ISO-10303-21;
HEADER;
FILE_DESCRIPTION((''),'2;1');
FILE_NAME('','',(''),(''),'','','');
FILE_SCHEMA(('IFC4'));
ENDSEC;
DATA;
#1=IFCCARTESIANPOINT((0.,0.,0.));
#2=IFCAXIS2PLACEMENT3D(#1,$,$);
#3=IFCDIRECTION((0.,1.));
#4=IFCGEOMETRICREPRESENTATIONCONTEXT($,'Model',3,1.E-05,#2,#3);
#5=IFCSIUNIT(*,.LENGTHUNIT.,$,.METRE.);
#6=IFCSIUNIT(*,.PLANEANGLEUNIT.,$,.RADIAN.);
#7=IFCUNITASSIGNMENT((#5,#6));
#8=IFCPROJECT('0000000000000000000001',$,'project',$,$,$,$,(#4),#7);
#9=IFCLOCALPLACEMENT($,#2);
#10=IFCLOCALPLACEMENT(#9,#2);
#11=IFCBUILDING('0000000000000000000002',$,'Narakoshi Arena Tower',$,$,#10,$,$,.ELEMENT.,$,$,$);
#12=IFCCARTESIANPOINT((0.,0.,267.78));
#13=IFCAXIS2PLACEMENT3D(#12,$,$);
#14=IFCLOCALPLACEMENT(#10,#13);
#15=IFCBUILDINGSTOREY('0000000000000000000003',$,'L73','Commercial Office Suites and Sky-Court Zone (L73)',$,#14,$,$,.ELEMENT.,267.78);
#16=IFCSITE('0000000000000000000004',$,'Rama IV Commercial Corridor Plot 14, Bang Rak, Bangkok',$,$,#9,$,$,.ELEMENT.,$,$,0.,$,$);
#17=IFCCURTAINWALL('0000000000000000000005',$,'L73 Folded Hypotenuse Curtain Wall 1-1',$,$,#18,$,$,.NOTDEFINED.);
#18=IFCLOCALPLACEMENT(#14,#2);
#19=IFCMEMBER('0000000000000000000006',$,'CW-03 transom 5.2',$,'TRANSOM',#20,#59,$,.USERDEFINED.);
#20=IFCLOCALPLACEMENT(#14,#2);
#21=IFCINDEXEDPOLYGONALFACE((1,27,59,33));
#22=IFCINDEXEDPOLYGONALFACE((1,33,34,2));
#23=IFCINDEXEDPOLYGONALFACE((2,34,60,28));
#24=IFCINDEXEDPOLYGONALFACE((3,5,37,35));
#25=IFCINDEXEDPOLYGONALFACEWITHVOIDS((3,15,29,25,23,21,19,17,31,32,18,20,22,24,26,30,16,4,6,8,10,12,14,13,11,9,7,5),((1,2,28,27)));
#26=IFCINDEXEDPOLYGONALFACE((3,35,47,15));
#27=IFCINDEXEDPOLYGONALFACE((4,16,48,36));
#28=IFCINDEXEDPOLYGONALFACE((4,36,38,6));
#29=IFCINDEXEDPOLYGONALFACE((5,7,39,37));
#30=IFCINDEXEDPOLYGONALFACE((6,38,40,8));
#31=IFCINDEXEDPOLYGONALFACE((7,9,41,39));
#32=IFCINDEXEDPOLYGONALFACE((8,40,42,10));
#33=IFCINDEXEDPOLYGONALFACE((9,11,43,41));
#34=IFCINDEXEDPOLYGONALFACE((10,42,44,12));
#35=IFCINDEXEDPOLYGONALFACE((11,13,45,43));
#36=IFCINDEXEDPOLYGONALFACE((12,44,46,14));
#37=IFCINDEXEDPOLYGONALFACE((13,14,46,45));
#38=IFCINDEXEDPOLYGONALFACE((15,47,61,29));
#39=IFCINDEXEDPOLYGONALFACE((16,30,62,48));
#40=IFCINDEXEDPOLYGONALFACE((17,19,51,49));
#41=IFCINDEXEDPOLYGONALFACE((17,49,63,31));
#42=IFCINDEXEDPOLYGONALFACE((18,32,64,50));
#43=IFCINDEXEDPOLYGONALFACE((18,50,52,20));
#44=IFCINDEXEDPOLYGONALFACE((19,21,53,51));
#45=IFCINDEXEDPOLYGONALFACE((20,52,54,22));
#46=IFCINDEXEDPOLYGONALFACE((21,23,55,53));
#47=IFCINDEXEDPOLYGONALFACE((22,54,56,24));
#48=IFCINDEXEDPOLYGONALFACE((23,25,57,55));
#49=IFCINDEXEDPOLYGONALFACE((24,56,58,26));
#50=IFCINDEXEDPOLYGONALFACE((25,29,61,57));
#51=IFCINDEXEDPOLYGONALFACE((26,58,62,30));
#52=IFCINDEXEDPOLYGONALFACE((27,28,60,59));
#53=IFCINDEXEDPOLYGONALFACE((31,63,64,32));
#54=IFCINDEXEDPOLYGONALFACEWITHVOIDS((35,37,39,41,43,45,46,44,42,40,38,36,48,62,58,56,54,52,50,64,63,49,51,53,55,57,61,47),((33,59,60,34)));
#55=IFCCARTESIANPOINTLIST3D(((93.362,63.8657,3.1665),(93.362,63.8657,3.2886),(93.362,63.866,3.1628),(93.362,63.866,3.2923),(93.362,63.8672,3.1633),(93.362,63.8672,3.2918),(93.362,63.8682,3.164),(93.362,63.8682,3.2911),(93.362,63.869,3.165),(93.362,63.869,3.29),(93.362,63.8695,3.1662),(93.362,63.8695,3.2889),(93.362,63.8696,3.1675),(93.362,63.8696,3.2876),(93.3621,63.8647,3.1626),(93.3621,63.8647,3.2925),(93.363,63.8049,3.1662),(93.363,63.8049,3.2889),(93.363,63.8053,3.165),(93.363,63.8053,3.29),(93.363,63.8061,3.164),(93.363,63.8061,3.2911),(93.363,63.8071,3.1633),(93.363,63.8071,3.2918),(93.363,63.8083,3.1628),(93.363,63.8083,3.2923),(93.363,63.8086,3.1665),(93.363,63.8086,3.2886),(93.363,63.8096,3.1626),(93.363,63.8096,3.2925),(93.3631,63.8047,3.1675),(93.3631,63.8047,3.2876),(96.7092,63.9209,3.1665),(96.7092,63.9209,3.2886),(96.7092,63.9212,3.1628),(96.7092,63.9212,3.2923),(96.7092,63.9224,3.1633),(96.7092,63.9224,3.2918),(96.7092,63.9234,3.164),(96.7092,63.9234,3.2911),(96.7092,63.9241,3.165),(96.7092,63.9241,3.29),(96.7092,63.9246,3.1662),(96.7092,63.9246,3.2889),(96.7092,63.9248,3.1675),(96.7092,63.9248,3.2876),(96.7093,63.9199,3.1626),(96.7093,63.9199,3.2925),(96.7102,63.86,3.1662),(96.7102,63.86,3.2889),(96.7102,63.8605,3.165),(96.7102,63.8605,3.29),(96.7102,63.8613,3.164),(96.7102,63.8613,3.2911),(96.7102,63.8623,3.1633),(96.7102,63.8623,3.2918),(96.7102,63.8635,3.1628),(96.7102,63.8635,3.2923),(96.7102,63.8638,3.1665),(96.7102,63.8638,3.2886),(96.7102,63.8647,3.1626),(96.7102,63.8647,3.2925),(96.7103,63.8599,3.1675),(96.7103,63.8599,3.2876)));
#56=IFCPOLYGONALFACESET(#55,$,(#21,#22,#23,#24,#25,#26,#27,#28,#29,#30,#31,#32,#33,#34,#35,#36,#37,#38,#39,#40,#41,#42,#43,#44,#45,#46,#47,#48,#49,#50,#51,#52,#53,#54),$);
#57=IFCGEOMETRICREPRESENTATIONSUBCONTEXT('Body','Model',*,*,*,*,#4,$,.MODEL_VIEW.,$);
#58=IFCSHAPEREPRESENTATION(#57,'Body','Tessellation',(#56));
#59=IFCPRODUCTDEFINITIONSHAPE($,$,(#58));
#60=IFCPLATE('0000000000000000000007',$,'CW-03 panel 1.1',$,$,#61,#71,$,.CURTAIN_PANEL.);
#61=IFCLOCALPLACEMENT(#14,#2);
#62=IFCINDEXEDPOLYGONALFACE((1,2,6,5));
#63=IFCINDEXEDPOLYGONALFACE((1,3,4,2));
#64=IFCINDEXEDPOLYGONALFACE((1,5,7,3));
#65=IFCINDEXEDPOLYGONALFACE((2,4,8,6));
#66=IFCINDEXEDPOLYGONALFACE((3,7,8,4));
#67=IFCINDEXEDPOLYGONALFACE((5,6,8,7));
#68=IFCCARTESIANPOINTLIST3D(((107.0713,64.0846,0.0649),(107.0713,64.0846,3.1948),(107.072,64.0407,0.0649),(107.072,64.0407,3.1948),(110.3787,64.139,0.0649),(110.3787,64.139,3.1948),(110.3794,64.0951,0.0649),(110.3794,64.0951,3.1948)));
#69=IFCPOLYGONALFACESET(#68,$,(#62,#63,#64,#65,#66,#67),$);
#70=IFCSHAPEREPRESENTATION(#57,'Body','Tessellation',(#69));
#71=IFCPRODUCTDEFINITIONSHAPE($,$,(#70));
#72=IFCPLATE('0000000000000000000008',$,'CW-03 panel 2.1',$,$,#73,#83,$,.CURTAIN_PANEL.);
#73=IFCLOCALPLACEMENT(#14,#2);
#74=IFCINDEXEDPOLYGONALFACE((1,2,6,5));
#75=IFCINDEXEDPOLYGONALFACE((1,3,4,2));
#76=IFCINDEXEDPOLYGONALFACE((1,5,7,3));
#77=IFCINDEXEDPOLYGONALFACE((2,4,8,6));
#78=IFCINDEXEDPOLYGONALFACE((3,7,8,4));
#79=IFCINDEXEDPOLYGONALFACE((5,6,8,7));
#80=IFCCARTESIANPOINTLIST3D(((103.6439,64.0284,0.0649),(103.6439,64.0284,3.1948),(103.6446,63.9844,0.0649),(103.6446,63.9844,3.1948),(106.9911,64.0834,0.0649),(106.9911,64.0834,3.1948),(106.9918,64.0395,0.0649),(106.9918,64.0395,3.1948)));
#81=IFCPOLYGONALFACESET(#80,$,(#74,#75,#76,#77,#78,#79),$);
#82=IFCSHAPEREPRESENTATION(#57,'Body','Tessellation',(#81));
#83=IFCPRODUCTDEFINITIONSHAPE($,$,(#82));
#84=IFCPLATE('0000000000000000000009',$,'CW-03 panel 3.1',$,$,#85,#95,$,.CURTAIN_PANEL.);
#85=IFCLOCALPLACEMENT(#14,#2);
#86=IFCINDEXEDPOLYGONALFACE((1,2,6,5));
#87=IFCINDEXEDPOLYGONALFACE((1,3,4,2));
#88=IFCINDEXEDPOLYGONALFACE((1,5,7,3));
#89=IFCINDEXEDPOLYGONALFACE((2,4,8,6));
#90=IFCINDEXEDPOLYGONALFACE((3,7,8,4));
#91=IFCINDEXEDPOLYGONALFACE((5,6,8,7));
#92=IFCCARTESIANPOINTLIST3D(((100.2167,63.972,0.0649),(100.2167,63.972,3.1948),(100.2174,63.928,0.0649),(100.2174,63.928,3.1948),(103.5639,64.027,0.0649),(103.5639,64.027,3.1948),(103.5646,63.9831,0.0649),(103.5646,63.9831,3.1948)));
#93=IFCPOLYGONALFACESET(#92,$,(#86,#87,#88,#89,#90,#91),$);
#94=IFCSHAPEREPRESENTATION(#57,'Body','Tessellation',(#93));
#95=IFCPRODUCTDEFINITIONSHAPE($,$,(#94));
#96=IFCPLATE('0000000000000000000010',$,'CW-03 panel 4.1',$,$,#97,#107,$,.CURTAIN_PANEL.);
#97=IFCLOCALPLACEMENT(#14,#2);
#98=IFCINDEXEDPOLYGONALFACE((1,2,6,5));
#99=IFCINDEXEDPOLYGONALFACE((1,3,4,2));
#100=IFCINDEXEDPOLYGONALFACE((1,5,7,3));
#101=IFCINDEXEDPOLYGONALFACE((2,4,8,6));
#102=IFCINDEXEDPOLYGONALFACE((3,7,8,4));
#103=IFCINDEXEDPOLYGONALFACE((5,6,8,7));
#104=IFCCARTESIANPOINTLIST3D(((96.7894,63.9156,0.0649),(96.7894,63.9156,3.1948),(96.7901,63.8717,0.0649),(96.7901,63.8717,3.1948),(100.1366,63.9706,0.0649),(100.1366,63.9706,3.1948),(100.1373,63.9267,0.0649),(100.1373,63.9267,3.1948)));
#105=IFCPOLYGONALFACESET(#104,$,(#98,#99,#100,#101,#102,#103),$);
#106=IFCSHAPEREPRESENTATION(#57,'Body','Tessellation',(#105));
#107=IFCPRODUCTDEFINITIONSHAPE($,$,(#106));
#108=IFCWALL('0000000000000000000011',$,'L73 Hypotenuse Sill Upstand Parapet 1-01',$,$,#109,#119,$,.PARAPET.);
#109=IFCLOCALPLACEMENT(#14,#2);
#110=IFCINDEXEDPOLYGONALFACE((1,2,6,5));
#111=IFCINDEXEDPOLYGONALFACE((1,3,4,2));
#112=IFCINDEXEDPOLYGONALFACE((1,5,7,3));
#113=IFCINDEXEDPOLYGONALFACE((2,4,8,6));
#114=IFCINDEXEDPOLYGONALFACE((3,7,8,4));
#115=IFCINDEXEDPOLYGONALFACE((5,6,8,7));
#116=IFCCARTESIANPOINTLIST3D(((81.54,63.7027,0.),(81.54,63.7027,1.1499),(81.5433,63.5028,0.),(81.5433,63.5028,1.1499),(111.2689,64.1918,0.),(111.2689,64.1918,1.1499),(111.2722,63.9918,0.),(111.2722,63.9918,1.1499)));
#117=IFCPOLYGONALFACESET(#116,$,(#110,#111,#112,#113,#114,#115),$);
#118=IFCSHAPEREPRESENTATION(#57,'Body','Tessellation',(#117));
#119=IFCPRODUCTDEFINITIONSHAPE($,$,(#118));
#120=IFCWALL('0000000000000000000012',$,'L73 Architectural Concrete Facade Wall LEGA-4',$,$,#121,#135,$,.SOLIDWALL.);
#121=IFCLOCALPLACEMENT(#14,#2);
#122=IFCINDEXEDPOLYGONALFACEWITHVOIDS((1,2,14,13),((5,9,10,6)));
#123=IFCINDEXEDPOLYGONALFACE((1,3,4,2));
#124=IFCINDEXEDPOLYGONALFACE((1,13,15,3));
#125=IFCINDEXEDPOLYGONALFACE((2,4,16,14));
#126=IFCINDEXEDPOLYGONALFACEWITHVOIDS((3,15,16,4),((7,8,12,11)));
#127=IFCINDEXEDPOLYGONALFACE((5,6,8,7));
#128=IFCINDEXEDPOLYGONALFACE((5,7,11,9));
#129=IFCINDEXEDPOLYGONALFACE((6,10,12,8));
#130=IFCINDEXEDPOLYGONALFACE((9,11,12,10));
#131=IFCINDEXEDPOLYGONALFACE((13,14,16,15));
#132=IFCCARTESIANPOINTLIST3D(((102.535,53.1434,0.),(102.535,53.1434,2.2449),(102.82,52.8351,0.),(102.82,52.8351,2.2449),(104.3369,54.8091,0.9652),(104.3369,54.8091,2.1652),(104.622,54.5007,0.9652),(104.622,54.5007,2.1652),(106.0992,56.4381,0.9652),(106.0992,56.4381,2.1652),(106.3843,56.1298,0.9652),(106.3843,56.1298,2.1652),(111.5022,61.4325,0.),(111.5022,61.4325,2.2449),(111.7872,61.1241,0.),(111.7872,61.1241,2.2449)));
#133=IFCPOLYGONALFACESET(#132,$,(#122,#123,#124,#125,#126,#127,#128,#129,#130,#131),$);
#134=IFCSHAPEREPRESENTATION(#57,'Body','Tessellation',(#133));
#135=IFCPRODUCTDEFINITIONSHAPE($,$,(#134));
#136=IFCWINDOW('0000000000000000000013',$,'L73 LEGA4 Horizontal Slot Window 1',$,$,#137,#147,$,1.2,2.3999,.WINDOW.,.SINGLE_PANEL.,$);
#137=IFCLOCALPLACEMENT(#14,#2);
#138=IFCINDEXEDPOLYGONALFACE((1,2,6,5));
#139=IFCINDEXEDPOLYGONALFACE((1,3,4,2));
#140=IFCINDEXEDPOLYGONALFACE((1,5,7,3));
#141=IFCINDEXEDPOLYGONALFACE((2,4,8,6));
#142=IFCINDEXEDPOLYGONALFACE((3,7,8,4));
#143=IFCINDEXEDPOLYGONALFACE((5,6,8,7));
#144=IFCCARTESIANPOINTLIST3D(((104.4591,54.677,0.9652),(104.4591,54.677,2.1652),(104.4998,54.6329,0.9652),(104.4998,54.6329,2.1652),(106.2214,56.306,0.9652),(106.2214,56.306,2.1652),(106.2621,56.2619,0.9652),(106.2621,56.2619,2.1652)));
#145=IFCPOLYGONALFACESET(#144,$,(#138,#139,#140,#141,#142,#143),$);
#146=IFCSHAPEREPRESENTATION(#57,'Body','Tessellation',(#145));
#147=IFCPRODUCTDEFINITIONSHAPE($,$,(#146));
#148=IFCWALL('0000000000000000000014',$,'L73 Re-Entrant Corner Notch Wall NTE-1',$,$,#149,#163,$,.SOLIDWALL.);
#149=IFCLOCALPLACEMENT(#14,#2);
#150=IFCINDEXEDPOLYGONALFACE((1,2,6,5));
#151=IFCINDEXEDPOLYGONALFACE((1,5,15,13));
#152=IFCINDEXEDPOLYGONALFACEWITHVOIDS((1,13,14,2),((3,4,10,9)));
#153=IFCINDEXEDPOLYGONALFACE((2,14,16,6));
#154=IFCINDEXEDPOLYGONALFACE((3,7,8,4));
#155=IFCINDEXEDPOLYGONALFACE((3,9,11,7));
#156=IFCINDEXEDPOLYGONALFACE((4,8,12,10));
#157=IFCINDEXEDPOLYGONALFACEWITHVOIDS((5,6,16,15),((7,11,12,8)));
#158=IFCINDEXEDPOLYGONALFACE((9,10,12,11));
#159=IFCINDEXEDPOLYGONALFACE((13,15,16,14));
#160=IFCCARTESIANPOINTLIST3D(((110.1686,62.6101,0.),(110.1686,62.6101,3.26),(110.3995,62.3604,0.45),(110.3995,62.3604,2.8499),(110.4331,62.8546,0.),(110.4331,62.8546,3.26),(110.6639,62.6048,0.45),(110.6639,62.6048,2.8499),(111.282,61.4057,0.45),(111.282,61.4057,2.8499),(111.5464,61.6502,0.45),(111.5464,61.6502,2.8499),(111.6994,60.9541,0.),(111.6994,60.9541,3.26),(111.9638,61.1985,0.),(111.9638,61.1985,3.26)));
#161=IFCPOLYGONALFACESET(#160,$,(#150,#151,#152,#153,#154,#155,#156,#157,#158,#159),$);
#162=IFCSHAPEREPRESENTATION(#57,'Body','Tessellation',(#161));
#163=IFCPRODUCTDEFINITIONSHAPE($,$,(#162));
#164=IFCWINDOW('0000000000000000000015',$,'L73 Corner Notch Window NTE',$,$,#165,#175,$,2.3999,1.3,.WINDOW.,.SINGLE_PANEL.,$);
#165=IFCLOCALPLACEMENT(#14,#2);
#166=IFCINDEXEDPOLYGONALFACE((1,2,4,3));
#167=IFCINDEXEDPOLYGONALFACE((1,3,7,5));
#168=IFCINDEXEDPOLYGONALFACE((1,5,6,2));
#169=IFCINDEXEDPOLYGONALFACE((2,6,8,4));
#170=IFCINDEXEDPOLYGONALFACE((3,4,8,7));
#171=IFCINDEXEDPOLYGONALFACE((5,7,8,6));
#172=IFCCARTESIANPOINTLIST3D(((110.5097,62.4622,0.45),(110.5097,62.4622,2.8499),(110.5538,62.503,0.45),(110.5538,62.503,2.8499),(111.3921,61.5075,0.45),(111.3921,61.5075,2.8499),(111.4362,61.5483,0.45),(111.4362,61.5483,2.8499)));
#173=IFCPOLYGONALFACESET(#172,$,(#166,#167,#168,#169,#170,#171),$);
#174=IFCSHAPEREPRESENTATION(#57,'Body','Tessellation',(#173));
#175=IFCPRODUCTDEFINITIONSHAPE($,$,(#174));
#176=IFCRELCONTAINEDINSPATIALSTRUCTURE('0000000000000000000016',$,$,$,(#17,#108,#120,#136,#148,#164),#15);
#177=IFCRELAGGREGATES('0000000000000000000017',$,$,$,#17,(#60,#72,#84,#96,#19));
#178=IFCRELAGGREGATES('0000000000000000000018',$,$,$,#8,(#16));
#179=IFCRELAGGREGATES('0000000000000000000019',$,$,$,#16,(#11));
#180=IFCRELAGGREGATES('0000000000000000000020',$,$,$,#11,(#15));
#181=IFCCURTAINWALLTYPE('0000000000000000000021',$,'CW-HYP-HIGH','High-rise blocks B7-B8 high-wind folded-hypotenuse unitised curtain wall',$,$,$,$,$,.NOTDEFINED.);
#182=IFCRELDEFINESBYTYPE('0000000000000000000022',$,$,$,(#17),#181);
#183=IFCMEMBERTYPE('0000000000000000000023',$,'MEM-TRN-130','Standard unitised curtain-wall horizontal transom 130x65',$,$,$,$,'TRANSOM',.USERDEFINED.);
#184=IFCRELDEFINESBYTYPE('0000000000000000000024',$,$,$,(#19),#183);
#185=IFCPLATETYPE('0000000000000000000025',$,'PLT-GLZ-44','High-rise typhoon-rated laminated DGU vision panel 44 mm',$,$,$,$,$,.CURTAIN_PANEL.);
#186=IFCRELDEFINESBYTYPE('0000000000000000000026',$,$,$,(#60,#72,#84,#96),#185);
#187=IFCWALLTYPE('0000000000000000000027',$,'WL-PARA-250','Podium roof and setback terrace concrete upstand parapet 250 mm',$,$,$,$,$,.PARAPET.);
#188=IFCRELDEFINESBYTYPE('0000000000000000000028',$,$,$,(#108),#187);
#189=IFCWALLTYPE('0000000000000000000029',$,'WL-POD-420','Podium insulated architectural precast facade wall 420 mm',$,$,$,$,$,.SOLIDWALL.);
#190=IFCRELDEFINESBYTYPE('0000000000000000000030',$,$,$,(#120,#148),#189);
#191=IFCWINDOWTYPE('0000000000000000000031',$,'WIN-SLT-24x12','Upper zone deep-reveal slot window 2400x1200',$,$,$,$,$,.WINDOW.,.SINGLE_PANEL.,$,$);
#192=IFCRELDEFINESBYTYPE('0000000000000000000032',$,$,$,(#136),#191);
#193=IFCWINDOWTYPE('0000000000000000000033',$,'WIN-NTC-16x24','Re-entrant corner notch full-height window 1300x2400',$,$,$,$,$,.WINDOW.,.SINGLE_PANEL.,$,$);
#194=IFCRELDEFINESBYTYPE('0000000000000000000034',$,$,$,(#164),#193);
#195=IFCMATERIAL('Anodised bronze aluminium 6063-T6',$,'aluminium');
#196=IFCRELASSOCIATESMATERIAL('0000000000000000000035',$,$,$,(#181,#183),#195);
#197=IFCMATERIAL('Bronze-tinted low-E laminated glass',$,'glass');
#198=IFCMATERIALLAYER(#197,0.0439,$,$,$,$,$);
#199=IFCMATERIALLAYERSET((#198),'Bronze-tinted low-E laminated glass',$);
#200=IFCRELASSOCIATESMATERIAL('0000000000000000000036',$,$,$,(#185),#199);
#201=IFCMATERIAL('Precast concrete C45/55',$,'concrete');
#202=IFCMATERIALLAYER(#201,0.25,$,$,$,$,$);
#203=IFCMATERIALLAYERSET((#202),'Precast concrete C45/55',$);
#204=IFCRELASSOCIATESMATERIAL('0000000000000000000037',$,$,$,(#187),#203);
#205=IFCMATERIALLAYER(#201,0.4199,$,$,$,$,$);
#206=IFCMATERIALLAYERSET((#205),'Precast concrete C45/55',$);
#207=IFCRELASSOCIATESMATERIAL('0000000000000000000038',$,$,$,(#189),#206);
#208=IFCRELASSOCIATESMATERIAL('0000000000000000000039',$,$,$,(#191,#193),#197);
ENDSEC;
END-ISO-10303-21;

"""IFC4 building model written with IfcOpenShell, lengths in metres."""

from ifc_helpers import new_model, si_unit, direction, frame, frame_2d, origin, origin_2d, place, context, subcontext, project, spatial, rectangle, hollow_rectangle, extrude, material, layer, layer_set, material_profile, profile_set, type_object, element, fill, aggregate, save


model = new_model("IFC4")

# Units and contexts
model_context = context("Model", 3, precision=1e-05, world=origin(), true_north=direction((0.0, 1.0)))
body_context = subcontext(model_context, "Body", "Model", "MODEL_VIEW")
ifc_project = project(units=[si_unit("LENGTHUNIT", "METRE"), si_unit("PLANEANGLEUNIT", "RADIAN")], contexts=[model_context])

# Site, building, storey
site_placement = place(None, origin())
site = spatial("IfcSite", under=ifc_project, at=site_placement, Name="Rama IV Commercial Corridor Plot 14, Bang Rak, Bangkok", CompositionType="ELEMENT", RefElevation=0.0)
building_placement = place(site_placement, origin())
building = spatial("IfcBuilding", under=site, at=building_placement, Name="Narakoshi Arena Tower", CompositionType="ELEMENT")
storey_placement = place(building_placement, frame((0.0, 0.0, 267.78)))
storey = spatial("IfcBuildingStorey", under=building, at=storey_placement, Name="L73", Description="Commercial Office Suites and Sky-Court Zone (L73)", CompositionType="ELEMENT", Elevation=267.78)

# Curtain wall, member, plates
ifc_material_1 = material(Name="Anodised bronze aluminium 6063-T6", Category="aluminium")
curtain_wall_type = type_object("IfcCurtainWallType", Name="CW-HYP-HIGH", Description="High-rise blocks B7-B8 high-wind folded-hypotenuse unitised curtain wall", PredefinedType="NOTDEFINED", material=ifc_material_1)
curtain_wall_placement = place(storey_placement, origin())
curtain_wall = element("IfcCurtainWall", 1, at=curtain_wall_placement, inside=storey, type_object=curtain_wall_type, Name="L73 Folded Hypotenuse Curtain Wall 1-1", PredefinedType="NOTDEFINED")
ifc_material_profile_1 = material_profile(ifc_material_1, hollow_rectangle(XDim=0.0649, YDim=0.1299, WallThickness=0.0039, OuterFilletRadius=0.0049, at=origin_2d()), Name="TRN130x65x4")
ifc_profile_set_1 = profile_set([ifc_material_profile_1], Name="Anodised bronze aluminium 6063-T6")
member_type_1 = type_object("IfcMemberType", Name="MEM-TRN-130", Description="Standard unitised curtain-wall horizontal transom 130x65", ElementType="TRANSOM", PredefinedType="USERDEFINED", material=ifc_profile_set_1)
member_1_placement = place(storey_placement, frame((96.7097, 63.8923, 3.2275), z_axis=(-0.999864, -0.016482, 0.0), x_axis=(0.016482, -0.999864, 0.0)))
member_1 = element("IfcMember", 2, at=member_1_placement, type_object=member_type_1, Name="CW-03 transom 5.2", ObjectType="TRANSOM", PredefinedType="USERDEFINED", context=body_context, shape_type="SweptSolid", body=[
    extrude(hollow_rectangle(XDim=0.0649, YDim=0.1299, WallThickness=0.0039, OuterFilletRadius=0.0049, at=origin_2d()), origin(), (0.0, 0.0, 1.0), 3.3477),
])
ifc_material_2 = material(Name="Bronze-tinted low-E laminated glass", Category="glass")
ifc_layer_1 = layer(ifc_material_2, 0.0439)
ifc_layer_set_1 = layer_set([ifc_layer_1], Name="Bronze-tinted low-E laminated glass")
plate_type = type_object("IfcPlateType", Name="PLT-GLZ-44", Description="High-rise typhoon-rated laminated DGU vision panel 44 mm", PredefinedType="CURTAIN_PANEL", material=ifc_layer_set_1)
plate_1_placement = place(storey_placement, frame((108.7253, 64.0898, 0.0649), z_axis=(0.0, 0.0, 1.0), x_axis=(-0.999865, -0.016443, 0.0)))
plate_1 = element("IfcPlate", 3, at=plate_1_placement, type_object=plate_type, Name="CW-03 panel 1.1", PredefinedType="CURTAIN_PANEL", context=body_context, shape_type="SweptSolid", body=[
    extrude(rectangle(XDim=3.3079, YDim=0.0439, at=origin_2d()), origin(), (0.0, 0.0, 1.0), 3.1299),
])
plate_2_placement = place(storey_placement, frame((105.3179, 64.0339, 0.0649), z_axis=(0.0, 0.0, 1.0), x_axis=(-0.999865, -0.016443, 0.0)))
plate_2 = element("IfcPlate", 4, at=plate_2_placement, type_object=plate_type, Name="CW-03 panel 2.1", PredefinedType="CURTAIN_PANEL", context=body_context, shape_type="SweptSolid", body=[
    extrude(rectangle(XDim=3.3477, YDim=0.0439, at=origin_2d()), origin(), (0.0, 0.0, 1.0), 3.1299),
])
plate_3_placement = place(storey_placement, frame((101.8906, 63.9775, 0.0649), z_axis=(0.0, 0.0, 1.0), x_axis=(-0.999865, -0.016443, 0.0)))
plate_3 = element("IfcPlate", 5, at=plate_3_placement, type_object=plate_type, Name="CW-03 panel 3.1", PredefinedType="CURTAIN_PANEL", context=body_context, shape_type="SweptSolid", body=[
    extrude(rectangle(XDim=3.3477, YDim=0.0439, at=origin_2d()), origin(), (0.0, 0.0, 1.0), 3.1299),
])
plate_4_placement = place(storey_placement, frame((98.4634, 63.9211, 0.0649), z_axis=(0.0, 0.0, 1.0), x_axis=(-0.999865, -0.016443, 0.0)))
plate_4 = element("IfcPlate", 6, at=plate_4_placement, type_object=plate_type, Name="CW-03 panel 4.1", PredefinedType="CURTAIN_PANEL", context=body_context, shape_type="SweptSolid", body=[
    extrude(rectangle(XDim=3.3477, YDim=0.0439, at=origin_2d()), origin(), (0.0, 0.0, 1.0), 3.1299),
])
aggregate(curtain_wall, [plate_1, plate_2, plate_3, plate_4, member_1])

# Wall
ifc_material_3 = material(Name="Precast concrete C45/55", Category="concrete")
ifc_layer_2 = layer(ifc_material_3, 0.25)
ifc_layer_set_2 = layer_set([ifc_layer_2], Name="Precast concrete C45/55")
wall_type_1 = type_object("IfcWallType", Name="WL-PARA-250", Description="Podium roof and setback terrace concrete upstand parapet 250 mm", PredefinedType="PARAPET", material=ifc_layer_set_2)
wall_1_placement = place(storey_placement, frame((111.2705, 64.0918, 0.0), z_axis=(0.0, 0.0, 1.0), x_axis=(-0.999865, -0.016447, 0.0)))
element("IfcWall", 7, at=wall_1_placement, inside=storey, type_object=wall_type_1, Name="L73 Hypotenuse Sill Upstand Parapet 1-01", PredefinedType="PARAPET", context=body_context, shape_type="SweptSolid", body=[
    extrude(rectangle(XDim=29.7329, YDim=0.2, at=frame_2d((14.8665, 0.0))), origin(), (0.0, 0.0, 1.0), 1.1499),
])

# Walls, openings, windows
ifc_layer_3 = layer(ifc_material_3, 0.4199)
ifc_layer_set_3 = layer_set([ifc_layer_3], Name="Precast concrete C45/55")
wall_type_2 = type_object("IfcWallType", Name="WL-POD-420", Description="Podium insulated architectural precast facade wall 420 mm", PredefinedType="SOLIDWALL", material=ifc_layer_set_3)
wall_2_placement = place(storey_placement, frame((102.6775, 52.9893, 0.0), z_axis=(0.0, 0.0, 1.0), x_axis=(0.734331, 0.678791, 0.0)))
wall_2 = element("IfcWall", 8, at=wall_2_placement, inside=storey, type_object=wall_type_2, Name="L73 Architectural Concrete Facade Wall LEGA-4", PredefinedType="SOLIDWALL", context=body_context, shape_type="SweptSolid", body=[
    extrude(rectangle(XDim=12.2114, YDim=0.4199, at=frame_2d((6.1057, 0.0))), origin(), (0.0, 0.0, 1.0), 2.2449),
])
opening_1_placement = place(wall_2_placement, frame((2.4539, 0.0, 0.9651)))
opening_1 = element("IfcOpeningElement", 9, at=opening_1_placement, cuts=wall_2, PredefinedType="OPENING", context=body_context, shape_type="SweptSolid", body=[
    extrude(rectangle(XDim=2.3999, YDim=1.2, at=frame_2d((1.2, 0.6001))), frame((0.0, 0.22, 0.0), z_axis=(0.0, -1.0, 0.0), x_axis=(1.0, 0.0, 0.0)), (0.0, 0.0, 1.0), 0.4399),
])
window_type_1 = type_object("IfcWindowType", Name="WIN-SLT-24x12", Description="Upper zone deep-reveal slot window 2400x1200", PartitioningType="SINGLE_PANEL", PredefinedType="WINDOW", material=ifc_material_2)
window_1_placement = place(opening_1_placement, origin())
window_1 = element("IfcWindow", 10, at=window_1_placement, inside=storey, type_object=window_type_1, Name="L73 LEGA4 Horizontal Slot Window 1", OverallHeight=1.2, OverallWidth=2.3999, PartitioningType="SINGLE_PANEL", PredefinedType="WINDOW", context=body_context, shape_type="SweptSolid", body=[
    extrude(rectangle(XDim=2.3999, YDim=1.2, at=frame_2d((1.2, 0.6001))), frame((0.0, 0.03, 0.0), z_axis=(0.0, -1.0, 0.0), x_axis=(1.0, 0.0, 0.0)), (0.0, 0.0, 1.0), 0.0601),
])
fill(opening_1, window_1)
wall_3_placement = place(storey_placement, frame((111.8315, 61.0764, 0.0), z_axis=(0.0, 0.0, 1.0), x_axis=(-0.678793, 0.73433, 0.0)))
wall_3 = element("IfcWall", 11, at=wall_3_placement, inside=storey, type_object=wall_type_2, Name="L73 Re-Entrant Corner Notch Wall NTE-1", PredefinedType="SOLIDWALL", context=body_context, shape_type="SweptSolid", body=[
    extrude(rectangle(XDim=2.2551, YDim=0.3601, at=frame_2d((1.1274, 0.0))), origin(), (0.0, 0.0, 1.0), 3.26),
])
opening_2_placement = place(wall_3_placement, frame((0.615, 0.0, 0.45)))
opening_2 = element("IfcOpeningElement", 12, at=opening_2_placement, cuts=wall_3, PredefinedType="OPENING", context=body_context, shape_type="SweptSolid", body=[
    extrude(rectangle(XDim=1.3, YDim=2.3999, at=frame_2d((0.6499, 1.2))), frame((0.0, 0.1899, 0.0), z_axis=(0.0, -1.0, 0.0), x_axis=(1.0, 0.0, 0.0)), (0.0, 0.0, 1.0), 0.3801),
])
window_type_2 = type_object("IfcWindowType", Name="WIN-NTC-16x24", Description="Re-entrant corner notch full-height window 1300x2400", PartitioningType="SINGLE_PANEL", PredefinedType="WINDOW", material=ifc_material_2)
window_2_placement = place(opening_2_placement, origin())
window_2 = element("IfcWindow", 13, at=window_2_placement, inside=storey, type_object=window_type_2, Name="L73 Corner Notch Window NTE", OverallHeight=2.3999, OverallWidth=1.3, PartitioningType="SINGLE_PANEL", PredefinedType="WINDOW", context=body_context, shape_type="SweptSolid", body=[
    extrude(rectangle(XDim=1.3, YDim=2.3999, at=frame_2d((0.6499, 1.2))), frame((0.0, 0.03, 0.0), z_axis=(0.0, -1.0, 0.0), x_axis=(1.0, 0.0, 0.0)), (0.0, 0.0, 1.0), 0.0601),
])
fill(opening_2, window_2)

save(model, "model.ifc")
